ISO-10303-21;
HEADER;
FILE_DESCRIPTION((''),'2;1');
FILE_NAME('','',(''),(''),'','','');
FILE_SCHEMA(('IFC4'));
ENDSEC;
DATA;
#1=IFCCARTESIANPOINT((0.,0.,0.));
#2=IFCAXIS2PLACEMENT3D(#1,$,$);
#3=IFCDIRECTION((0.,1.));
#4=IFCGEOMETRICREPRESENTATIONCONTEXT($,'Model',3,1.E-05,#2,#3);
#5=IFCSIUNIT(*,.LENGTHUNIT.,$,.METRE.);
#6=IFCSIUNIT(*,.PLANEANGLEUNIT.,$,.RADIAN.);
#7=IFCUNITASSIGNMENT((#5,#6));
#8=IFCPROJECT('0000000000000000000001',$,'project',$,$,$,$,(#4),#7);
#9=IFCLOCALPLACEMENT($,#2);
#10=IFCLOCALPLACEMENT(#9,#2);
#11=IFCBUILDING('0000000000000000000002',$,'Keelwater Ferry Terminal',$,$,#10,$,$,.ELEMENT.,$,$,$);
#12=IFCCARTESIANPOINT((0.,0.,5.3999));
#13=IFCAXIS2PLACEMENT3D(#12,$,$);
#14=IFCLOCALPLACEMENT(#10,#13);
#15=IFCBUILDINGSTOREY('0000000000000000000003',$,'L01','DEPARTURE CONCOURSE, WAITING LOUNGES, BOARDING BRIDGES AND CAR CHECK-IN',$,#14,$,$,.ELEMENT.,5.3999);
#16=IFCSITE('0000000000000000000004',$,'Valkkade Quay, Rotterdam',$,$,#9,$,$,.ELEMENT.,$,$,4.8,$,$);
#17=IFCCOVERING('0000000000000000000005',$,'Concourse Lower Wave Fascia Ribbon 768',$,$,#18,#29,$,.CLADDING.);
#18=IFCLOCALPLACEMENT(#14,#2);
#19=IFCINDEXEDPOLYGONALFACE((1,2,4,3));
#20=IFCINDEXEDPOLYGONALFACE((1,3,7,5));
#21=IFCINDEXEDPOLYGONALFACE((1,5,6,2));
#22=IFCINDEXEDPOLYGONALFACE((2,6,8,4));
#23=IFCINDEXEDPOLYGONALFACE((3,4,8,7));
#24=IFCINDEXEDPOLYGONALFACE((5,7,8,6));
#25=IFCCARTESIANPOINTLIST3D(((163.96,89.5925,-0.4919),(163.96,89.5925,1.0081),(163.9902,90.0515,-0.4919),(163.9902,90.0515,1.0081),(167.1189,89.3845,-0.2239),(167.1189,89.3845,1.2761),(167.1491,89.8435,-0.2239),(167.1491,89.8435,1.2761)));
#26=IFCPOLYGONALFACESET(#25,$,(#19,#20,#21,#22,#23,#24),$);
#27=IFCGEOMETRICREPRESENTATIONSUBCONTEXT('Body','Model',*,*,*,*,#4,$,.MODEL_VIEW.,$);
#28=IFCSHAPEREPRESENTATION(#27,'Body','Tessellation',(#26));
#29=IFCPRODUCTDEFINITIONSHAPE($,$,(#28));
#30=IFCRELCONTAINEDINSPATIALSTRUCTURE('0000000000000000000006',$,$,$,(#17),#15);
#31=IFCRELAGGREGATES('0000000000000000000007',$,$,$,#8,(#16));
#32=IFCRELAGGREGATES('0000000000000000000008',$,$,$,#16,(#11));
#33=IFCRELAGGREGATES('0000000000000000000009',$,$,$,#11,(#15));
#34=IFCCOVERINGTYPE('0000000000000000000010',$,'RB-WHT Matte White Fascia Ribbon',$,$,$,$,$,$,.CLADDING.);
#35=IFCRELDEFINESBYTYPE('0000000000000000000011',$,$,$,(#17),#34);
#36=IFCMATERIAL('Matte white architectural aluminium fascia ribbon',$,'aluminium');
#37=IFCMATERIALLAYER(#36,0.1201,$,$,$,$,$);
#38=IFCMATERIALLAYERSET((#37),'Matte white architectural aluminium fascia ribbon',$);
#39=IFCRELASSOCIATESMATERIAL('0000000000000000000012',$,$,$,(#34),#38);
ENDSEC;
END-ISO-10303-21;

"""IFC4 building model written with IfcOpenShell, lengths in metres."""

from ifc_helpers import new_model, si_unit, direction, frame, origin, place, context, subcontext, project, spatial, polyline, outline, extrude, material, layer, layer_set, type_object, element, save


model = new_model("IFC4")

# Units and contexts
model_context = context("Model", 3, precision=1e-05, world=origin(), true_north=direction((0.0, 1.0)))
body_context = subcontext(model_context, "Body", "Model", "MODEL_VIEW")
ifc_project = project(units=[si_unit("LENGTHUNIT", "METRE"), si_unit("PLANEANGLEUNIT", "RADIAN")], contexts=[model_context])

# Site, building, storey
site_placement = place(None, origin())
site = spatial("IfcSite", under=ifc_project, at=site_placement, Name="Valkkade Quay, Rotterdam", CompositionType="ELEMENT", RefElevation=4.8)
building_placement = place(site_placement, origin())
building = spatial("IfcBuilding", under=site, at=building_placement, Name="Keelwater Ferry Terminal", CompositionType="ELEMENT")
storey_placement = place(building_placement, frame((0.0, 0.0, 5.3999)))
storey = spatial("IfcBuildingStorey", under=building, at=storey_placement, Name="L01", Description="DEPARTURE CONCOURSE, WAITING LOUNGES, BOARDING BRIDGES AND CAR CHECK-IN", CompositionType="ELEMENT", Elevation=5.3999)

# Covering
ifc_material_1 = material(Name="Matte white architectural aluminium fascia ribbon", Category="aluminium")
ifc_layer_1 = layer(ifc_material_1, 0.1201)
ifc_layer_set_1 = layer_set([ifc_layer_1], Name="Matte white architectural aluminium fascia ribbon")
covering_type = type_object("IfcCoveringType", Name="RB-WHT Matte White Fascia Ribbon", PredefinedType="CLADDING", material=ifc_layer_set_1)
covering_1_placement = place(storey_placement, frame((167.134, 89.614, -0.4919), z_axis=(0.0, 0.0, 1.0), x_axis=(-0.997839, 0.065705, 0.0)))
element("IfcCovering", 1, at=covering_1_placement, inside=storey, type_object=covering_type, Name="Concourse Lower Wave Fascia Ribbon 768", PredefinedType="CLADDING", context=body_context, shape_type="SweptSolid", body=[
    extrude(outline(polyline([(0.0, 0.2681), (3.1658, 0.0), (3.1658, 1.5), (0.0, 1.7681), (0.0, 0.2681)])), frame((0.0, 0.23, 0.0), z_axis=(0.0, -1.0, 0.0), x_axis=(1.0, 0.0, 0.0)), (0.0, 0.0, 1.0), 0.46),
])

save(model, "model.ifc")
